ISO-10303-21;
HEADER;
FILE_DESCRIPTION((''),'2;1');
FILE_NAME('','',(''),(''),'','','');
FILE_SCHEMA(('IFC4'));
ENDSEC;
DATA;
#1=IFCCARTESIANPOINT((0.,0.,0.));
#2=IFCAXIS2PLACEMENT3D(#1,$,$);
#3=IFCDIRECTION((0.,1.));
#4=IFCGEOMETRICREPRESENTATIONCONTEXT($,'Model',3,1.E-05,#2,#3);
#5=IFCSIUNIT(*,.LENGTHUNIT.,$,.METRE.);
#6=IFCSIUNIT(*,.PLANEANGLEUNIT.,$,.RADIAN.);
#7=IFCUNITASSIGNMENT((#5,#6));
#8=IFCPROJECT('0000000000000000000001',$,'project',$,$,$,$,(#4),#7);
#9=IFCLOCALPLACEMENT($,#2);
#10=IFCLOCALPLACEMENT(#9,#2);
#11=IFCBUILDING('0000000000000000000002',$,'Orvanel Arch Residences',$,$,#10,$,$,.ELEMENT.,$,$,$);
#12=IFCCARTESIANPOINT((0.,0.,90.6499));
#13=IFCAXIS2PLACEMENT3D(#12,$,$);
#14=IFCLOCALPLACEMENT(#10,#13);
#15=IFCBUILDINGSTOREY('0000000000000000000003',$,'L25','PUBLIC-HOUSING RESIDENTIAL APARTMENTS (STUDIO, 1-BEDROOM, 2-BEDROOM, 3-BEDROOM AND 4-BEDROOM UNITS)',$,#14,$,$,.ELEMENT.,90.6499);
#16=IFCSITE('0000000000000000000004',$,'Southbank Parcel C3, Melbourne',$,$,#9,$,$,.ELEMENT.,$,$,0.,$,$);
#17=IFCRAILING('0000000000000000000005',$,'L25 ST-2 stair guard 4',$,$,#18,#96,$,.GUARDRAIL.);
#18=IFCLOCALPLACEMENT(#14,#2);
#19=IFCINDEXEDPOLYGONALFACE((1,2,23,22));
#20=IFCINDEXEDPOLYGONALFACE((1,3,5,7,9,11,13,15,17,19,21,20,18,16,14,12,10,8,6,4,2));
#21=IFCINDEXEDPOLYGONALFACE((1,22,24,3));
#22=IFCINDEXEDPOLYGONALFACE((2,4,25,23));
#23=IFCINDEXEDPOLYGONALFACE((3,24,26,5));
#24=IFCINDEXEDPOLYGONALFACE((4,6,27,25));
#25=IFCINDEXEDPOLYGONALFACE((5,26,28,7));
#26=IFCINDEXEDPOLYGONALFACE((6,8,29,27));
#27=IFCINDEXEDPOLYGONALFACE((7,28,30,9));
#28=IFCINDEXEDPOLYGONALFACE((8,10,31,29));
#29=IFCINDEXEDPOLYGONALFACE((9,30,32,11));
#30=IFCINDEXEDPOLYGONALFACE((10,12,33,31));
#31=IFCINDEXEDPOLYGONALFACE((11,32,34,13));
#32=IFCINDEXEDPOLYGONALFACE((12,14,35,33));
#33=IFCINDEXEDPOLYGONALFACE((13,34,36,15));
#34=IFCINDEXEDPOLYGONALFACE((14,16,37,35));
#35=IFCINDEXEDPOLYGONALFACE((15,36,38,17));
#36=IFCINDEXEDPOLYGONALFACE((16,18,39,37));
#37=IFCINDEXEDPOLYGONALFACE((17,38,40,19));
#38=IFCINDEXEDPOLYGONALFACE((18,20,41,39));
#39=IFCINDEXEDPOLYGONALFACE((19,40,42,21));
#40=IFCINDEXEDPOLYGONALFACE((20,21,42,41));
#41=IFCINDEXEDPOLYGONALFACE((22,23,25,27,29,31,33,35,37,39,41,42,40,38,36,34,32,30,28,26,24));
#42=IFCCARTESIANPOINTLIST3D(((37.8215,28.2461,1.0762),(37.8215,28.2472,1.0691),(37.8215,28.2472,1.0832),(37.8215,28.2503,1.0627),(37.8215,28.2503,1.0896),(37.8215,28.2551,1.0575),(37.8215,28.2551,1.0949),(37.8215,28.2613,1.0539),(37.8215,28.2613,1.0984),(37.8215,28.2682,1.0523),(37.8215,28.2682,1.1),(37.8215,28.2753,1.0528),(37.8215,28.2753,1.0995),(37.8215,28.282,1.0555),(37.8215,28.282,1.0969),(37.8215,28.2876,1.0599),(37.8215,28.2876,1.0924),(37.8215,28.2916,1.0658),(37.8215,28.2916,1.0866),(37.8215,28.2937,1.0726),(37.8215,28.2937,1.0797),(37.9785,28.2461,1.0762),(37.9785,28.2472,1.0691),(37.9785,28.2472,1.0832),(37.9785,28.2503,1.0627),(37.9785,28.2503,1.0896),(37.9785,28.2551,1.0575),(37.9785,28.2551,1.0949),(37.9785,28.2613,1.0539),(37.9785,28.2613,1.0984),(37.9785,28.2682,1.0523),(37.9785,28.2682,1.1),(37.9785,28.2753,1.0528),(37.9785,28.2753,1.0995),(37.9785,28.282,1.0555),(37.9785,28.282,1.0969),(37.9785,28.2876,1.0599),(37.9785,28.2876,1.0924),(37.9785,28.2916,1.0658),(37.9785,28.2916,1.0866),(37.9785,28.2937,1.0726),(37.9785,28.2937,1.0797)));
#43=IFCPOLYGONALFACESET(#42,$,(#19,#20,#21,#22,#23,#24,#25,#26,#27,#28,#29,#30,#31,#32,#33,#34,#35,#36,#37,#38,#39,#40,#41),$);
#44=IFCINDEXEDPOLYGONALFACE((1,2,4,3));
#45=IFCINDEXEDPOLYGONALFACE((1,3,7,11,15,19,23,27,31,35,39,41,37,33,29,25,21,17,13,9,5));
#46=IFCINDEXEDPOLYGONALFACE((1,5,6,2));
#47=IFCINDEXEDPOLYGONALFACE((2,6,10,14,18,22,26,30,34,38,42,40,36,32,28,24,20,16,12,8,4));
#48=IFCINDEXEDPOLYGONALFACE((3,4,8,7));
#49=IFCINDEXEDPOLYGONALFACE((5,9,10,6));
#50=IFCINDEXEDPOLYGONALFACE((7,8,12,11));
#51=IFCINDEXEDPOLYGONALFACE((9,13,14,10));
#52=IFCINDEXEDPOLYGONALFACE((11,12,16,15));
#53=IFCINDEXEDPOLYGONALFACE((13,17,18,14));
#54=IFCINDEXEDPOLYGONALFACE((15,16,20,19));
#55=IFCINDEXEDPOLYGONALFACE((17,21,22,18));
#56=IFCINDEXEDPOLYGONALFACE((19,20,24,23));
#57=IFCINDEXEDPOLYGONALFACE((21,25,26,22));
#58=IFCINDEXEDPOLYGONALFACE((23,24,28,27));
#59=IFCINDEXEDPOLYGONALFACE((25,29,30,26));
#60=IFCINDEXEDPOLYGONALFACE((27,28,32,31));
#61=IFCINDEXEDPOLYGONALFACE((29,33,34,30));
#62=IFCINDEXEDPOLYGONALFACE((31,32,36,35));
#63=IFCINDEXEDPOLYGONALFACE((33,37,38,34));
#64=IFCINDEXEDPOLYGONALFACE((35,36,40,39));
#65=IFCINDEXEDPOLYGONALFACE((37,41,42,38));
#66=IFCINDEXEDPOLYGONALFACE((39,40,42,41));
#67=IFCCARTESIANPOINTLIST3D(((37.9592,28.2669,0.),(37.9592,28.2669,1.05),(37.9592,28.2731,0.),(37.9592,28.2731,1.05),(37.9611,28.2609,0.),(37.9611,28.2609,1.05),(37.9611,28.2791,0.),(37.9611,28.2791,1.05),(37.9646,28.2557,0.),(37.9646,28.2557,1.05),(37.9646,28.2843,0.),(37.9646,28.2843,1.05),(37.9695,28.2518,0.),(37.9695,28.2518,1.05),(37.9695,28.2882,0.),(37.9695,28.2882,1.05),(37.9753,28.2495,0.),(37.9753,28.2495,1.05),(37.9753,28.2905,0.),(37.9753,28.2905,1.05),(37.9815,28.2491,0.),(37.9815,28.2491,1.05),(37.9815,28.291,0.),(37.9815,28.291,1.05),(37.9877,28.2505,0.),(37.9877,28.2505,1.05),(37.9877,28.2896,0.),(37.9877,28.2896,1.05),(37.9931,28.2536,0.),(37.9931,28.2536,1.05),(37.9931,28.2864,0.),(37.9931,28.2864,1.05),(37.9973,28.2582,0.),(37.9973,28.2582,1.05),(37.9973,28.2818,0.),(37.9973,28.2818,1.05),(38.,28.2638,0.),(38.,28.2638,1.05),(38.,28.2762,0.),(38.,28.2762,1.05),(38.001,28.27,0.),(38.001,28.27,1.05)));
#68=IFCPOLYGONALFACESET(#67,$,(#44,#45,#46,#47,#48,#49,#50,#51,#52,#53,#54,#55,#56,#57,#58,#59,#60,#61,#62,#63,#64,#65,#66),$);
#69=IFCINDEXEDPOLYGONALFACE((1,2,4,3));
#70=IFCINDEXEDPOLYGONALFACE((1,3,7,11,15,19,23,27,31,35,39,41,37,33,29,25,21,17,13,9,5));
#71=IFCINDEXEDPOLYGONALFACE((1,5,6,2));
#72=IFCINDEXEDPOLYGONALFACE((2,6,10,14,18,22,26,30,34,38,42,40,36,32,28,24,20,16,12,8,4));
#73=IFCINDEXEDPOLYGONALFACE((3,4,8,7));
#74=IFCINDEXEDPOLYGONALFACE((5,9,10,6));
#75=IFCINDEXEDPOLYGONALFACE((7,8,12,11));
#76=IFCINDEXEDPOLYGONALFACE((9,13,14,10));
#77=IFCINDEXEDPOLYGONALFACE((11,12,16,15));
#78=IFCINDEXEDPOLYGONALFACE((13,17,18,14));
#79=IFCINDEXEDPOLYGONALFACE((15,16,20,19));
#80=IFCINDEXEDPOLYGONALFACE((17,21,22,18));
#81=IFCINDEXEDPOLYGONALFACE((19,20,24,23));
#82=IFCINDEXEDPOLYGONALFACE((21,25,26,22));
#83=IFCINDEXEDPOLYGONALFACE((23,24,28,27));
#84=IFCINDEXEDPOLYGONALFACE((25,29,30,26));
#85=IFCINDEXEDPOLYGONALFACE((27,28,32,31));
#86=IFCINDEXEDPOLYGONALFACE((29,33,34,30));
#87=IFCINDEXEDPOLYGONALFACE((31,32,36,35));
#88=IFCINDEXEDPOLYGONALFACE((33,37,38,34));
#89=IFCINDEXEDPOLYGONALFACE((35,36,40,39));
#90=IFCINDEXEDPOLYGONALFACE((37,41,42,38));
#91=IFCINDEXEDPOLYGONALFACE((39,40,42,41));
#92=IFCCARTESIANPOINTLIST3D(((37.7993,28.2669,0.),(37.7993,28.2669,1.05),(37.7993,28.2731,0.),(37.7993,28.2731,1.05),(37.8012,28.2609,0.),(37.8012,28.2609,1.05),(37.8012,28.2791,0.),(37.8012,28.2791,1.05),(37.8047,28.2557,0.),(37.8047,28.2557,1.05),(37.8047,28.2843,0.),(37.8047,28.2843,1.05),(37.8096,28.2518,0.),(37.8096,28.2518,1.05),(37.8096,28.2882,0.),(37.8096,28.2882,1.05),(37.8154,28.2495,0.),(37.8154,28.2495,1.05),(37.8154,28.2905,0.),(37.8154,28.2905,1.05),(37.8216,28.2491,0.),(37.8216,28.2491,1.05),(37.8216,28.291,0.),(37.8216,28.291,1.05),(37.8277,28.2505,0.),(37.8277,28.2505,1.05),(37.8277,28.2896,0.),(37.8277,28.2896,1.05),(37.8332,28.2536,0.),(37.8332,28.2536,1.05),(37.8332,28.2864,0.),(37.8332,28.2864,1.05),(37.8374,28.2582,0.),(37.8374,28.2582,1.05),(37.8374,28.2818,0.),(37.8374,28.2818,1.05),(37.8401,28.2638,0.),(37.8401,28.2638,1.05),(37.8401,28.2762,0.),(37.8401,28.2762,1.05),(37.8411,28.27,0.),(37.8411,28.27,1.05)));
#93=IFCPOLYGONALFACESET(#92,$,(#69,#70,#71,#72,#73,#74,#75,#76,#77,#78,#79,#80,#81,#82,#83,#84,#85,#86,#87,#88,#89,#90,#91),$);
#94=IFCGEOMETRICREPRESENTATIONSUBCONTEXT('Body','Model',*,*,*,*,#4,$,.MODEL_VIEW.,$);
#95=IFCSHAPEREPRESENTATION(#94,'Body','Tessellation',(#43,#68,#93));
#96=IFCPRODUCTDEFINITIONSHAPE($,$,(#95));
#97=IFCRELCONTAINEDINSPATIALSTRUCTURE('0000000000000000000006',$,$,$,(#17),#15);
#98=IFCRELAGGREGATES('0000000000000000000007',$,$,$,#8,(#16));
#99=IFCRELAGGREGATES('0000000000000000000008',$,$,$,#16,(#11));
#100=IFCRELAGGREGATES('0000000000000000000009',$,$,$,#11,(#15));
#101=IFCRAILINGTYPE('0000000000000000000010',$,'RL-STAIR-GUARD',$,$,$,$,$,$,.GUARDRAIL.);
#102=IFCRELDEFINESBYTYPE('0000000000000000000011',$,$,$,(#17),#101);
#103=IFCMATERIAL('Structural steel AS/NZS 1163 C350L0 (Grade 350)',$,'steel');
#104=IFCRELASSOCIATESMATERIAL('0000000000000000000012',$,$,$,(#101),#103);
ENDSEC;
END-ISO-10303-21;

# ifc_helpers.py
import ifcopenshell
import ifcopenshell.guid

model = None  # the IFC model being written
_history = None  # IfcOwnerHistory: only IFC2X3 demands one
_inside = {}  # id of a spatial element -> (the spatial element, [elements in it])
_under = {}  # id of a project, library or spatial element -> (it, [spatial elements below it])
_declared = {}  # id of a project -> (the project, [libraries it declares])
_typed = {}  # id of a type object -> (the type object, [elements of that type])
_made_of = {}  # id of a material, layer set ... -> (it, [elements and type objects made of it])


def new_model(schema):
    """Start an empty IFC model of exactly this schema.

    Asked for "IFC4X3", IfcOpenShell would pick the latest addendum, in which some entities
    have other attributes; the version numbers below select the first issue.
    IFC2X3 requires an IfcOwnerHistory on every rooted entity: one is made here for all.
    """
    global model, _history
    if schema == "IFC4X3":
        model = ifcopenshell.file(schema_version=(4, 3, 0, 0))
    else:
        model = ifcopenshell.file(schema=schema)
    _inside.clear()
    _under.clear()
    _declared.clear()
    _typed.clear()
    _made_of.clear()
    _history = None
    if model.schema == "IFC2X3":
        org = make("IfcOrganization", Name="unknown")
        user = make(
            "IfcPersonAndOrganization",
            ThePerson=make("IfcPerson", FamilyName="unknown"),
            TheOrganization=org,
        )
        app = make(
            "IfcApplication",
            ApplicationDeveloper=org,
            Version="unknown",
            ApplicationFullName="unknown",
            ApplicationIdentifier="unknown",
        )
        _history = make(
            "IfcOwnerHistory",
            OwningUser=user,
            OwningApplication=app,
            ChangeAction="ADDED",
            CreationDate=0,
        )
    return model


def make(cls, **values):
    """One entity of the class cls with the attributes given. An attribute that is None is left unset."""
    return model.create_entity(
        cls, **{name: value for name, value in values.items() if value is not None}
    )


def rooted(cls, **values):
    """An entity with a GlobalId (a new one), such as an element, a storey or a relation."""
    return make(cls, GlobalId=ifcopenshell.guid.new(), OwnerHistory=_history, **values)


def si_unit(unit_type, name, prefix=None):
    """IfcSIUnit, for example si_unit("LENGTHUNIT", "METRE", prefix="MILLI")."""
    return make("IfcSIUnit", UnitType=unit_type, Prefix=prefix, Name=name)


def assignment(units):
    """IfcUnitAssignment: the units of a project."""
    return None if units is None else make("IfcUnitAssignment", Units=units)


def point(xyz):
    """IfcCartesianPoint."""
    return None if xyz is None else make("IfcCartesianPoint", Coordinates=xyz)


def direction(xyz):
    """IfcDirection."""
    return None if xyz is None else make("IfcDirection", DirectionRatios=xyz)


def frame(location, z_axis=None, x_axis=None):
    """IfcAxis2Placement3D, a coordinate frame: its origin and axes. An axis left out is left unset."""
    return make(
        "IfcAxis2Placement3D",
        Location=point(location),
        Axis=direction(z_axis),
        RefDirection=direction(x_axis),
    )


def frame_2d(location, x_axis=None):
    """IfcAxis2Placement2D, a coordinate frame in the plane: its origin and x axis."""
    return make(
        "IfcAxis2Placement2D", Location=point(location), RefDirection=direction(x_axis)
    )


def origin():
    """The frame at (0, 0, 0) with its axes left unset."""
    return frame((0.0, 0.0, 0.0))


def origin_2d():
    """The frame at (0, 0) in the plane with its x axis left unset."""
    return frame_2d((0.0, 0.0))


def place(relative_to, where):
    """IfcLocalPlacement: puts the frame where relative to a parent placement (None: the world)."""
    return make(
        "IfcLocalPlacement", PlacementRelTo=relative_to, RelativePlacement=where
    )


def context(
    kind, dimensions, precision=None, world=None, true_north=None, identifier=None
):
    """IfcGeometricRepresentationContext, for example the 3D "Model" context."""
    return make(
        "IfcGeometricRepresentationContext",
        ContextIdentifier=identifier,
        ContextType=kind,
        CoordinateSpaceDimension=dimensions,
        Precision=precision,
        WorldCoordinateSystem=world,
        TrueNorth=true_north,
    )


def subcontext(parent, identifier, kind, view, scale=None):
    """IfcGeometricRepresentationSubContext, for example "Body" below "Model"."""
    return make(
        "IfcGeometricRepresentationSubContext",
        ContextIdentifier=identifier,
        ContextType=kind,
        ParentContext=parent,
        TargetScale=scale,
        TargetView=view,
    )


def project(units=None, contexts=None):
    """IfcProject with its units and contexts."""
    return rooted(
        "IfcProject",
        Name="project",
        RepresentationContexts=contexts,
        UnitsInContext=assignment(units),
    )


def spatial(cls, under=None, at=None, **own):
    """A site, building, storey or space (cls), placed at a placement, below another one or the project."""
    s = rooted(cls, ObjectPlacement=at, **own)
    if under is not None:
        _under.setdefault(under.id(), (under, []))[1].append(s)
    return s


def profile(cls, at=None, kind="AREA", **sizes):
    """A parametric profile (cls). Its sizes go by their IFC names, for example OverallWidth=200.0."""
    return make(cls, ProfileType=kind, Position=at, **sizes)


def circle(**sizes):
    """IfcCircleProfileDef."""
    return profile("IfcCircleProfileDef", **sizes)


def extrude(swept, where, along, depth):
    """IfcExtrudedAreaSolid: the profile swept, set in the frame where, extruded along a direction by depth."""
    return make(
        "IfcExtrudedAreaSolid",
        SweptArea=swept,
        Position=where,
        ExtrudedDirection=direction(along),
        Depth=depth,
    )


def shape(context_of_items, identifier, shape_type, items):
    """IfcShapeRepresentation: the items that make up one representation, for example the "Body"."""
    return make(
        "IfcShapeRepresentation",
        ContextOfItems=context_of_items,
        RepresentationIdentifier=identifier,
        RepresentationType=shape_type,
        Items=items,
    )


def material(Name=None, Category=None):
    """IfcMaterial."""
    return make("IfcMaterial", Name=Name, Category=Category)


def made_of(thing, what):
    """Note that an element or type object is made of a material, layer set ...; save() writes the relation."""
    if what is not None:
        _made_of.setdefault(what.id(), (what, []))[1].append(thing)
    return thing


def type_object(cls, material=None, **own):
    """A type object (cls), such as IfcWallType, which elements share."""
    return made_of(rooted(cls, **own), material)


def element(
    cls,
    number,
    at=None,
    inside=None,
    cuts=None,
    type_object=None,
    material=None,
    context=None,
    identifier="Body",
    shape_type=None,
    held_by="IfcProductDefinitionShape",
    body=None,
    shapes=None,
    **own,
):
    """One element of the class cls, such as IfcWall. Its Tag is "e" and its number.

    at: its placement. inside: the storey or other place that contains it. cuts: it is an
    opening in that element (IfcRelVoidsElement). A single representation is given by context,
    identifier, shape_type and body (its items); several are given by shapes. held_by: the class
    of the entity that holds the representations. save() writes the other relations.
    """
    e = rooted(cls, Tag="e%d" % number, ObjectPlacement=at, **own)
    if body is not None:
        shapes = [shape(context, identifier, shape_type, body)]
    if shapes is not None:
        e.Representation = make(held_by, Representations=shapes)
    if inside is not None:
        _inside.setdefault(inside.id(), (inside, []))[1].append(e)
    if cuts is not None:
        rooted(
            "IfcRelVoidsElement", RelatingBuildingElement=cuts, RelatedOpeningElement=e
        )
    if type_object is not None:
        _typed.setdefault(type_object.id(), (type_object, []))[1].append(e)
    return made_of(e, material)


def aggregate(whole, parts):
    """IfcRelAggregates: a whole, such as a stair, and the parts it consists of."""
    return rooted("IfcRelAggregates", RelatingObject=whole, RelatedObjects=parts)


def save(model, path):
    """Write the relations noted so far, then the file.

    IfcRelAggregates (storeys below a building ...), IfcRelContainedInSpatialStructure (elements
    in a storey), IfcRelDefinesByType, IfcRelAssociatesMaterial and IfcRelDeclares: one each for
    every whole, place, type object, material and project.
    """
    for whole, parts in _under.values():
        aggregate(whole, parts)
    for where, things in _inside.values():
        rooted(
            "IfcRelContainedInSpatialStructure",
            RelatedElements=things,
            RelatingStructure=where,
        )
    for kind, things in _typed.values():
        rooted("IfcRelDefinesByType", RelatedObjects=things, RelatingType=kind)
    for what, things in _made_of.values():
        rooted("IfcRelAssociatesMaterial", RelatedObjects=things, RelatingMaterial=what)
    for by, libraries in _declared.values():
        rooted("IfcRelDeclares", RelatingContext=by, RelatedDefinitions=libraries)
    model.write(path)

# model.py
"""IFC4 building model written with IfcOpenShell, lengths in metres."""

from ifc_helpers import new_model, si_unit, direction, frame, origin, origin_2d, place, context, subcontext, project, spatial, circle, extrude, material, type_object, element, save


model = new_model("IFC4")

# Units and contexts
model_context = context("Model", 3, precision=1e-05, world=origin(), true_north=direction((0.0, 1.0)))
body_context = subcontext(model_context, "Body", "Model", "MODEL_VIEW")
ifc_project = project(units=[si_unit("LENGTHUNIT", "METRE"), si_unit("PLANEANGLEUNIT", "RADIAN")], contexts=[model_context])

# Site, building, storey
site_placement = place(None, origin())
site = spatial("IfcSite", under=ifc_project, at=site_placement, Name="Southbank Parcel C3, Melbourne", CompositionType="ELEMENT", RefElevation=0.0)
building_placement = place(site_placement, origin())
building = spatial("IfcBuilding", under=site, at=building_placement, Name="Orvanel Arch Residences", CompositionType="ELEMENT")
storey_placement = place(building_placement, frame((0.0, 0.0, 90.6499)))
storey = spatial("IfcBuildingStorey", under=building, at=storey_placement, Name="L25", Description="PUBLIC-HOUSING RESIDENTIAL APARTMENTS (STUDIO, 1-BEDROOM, 2-BEDROOM, 3-BEDROOM AND 4-BEDROOM UNITS)", CompositionType="ELEMENT", Elevation=90.6499)

# Railing
ifc_material_1 = material(Name="Structural steel AS/NZS 1163 C350L0 (Grade 350)", Category="steel")
railing_type_1 = type_object("IfcRailingType", Name="RL-STAIR-GUARD", PredefinedType="GUARDRAIL", material=ifc_material_1)
railing_1_placement = place(storey_placement, frame((37.98, 28.27, 0.0)))
element("IfcRailing", 1, at=railing_1_placement, inside=storey, type_object=railing_type_1, Name="L25 ST-2 stair guard 4", PredefinedType="GUARDRAIL", context=body_context, shape_type="SweptSolid", body=[
    extrude(circle(Radius=0.0239, at=origin_2d()), frame((-0.0015, 0.0, 1.0762), z_axis=(-1.0, 0.0, 0.0), x_axis=(0.0, -1.0, 0.0)), (0.0, 0.0, 1.0), 0.157),
    extrude(circle(Radius=0.021, at=origin_2d()), origin(), (0.0, 0.0, 1.0), 1.05),
    extrude(circle(Radius=0.021, at=origin_2d()), frame((-0.1599, 0.0, 0.0)), (0.0, 0.0, 1.0), 1.05),
])

save(model, "model.ifc")
